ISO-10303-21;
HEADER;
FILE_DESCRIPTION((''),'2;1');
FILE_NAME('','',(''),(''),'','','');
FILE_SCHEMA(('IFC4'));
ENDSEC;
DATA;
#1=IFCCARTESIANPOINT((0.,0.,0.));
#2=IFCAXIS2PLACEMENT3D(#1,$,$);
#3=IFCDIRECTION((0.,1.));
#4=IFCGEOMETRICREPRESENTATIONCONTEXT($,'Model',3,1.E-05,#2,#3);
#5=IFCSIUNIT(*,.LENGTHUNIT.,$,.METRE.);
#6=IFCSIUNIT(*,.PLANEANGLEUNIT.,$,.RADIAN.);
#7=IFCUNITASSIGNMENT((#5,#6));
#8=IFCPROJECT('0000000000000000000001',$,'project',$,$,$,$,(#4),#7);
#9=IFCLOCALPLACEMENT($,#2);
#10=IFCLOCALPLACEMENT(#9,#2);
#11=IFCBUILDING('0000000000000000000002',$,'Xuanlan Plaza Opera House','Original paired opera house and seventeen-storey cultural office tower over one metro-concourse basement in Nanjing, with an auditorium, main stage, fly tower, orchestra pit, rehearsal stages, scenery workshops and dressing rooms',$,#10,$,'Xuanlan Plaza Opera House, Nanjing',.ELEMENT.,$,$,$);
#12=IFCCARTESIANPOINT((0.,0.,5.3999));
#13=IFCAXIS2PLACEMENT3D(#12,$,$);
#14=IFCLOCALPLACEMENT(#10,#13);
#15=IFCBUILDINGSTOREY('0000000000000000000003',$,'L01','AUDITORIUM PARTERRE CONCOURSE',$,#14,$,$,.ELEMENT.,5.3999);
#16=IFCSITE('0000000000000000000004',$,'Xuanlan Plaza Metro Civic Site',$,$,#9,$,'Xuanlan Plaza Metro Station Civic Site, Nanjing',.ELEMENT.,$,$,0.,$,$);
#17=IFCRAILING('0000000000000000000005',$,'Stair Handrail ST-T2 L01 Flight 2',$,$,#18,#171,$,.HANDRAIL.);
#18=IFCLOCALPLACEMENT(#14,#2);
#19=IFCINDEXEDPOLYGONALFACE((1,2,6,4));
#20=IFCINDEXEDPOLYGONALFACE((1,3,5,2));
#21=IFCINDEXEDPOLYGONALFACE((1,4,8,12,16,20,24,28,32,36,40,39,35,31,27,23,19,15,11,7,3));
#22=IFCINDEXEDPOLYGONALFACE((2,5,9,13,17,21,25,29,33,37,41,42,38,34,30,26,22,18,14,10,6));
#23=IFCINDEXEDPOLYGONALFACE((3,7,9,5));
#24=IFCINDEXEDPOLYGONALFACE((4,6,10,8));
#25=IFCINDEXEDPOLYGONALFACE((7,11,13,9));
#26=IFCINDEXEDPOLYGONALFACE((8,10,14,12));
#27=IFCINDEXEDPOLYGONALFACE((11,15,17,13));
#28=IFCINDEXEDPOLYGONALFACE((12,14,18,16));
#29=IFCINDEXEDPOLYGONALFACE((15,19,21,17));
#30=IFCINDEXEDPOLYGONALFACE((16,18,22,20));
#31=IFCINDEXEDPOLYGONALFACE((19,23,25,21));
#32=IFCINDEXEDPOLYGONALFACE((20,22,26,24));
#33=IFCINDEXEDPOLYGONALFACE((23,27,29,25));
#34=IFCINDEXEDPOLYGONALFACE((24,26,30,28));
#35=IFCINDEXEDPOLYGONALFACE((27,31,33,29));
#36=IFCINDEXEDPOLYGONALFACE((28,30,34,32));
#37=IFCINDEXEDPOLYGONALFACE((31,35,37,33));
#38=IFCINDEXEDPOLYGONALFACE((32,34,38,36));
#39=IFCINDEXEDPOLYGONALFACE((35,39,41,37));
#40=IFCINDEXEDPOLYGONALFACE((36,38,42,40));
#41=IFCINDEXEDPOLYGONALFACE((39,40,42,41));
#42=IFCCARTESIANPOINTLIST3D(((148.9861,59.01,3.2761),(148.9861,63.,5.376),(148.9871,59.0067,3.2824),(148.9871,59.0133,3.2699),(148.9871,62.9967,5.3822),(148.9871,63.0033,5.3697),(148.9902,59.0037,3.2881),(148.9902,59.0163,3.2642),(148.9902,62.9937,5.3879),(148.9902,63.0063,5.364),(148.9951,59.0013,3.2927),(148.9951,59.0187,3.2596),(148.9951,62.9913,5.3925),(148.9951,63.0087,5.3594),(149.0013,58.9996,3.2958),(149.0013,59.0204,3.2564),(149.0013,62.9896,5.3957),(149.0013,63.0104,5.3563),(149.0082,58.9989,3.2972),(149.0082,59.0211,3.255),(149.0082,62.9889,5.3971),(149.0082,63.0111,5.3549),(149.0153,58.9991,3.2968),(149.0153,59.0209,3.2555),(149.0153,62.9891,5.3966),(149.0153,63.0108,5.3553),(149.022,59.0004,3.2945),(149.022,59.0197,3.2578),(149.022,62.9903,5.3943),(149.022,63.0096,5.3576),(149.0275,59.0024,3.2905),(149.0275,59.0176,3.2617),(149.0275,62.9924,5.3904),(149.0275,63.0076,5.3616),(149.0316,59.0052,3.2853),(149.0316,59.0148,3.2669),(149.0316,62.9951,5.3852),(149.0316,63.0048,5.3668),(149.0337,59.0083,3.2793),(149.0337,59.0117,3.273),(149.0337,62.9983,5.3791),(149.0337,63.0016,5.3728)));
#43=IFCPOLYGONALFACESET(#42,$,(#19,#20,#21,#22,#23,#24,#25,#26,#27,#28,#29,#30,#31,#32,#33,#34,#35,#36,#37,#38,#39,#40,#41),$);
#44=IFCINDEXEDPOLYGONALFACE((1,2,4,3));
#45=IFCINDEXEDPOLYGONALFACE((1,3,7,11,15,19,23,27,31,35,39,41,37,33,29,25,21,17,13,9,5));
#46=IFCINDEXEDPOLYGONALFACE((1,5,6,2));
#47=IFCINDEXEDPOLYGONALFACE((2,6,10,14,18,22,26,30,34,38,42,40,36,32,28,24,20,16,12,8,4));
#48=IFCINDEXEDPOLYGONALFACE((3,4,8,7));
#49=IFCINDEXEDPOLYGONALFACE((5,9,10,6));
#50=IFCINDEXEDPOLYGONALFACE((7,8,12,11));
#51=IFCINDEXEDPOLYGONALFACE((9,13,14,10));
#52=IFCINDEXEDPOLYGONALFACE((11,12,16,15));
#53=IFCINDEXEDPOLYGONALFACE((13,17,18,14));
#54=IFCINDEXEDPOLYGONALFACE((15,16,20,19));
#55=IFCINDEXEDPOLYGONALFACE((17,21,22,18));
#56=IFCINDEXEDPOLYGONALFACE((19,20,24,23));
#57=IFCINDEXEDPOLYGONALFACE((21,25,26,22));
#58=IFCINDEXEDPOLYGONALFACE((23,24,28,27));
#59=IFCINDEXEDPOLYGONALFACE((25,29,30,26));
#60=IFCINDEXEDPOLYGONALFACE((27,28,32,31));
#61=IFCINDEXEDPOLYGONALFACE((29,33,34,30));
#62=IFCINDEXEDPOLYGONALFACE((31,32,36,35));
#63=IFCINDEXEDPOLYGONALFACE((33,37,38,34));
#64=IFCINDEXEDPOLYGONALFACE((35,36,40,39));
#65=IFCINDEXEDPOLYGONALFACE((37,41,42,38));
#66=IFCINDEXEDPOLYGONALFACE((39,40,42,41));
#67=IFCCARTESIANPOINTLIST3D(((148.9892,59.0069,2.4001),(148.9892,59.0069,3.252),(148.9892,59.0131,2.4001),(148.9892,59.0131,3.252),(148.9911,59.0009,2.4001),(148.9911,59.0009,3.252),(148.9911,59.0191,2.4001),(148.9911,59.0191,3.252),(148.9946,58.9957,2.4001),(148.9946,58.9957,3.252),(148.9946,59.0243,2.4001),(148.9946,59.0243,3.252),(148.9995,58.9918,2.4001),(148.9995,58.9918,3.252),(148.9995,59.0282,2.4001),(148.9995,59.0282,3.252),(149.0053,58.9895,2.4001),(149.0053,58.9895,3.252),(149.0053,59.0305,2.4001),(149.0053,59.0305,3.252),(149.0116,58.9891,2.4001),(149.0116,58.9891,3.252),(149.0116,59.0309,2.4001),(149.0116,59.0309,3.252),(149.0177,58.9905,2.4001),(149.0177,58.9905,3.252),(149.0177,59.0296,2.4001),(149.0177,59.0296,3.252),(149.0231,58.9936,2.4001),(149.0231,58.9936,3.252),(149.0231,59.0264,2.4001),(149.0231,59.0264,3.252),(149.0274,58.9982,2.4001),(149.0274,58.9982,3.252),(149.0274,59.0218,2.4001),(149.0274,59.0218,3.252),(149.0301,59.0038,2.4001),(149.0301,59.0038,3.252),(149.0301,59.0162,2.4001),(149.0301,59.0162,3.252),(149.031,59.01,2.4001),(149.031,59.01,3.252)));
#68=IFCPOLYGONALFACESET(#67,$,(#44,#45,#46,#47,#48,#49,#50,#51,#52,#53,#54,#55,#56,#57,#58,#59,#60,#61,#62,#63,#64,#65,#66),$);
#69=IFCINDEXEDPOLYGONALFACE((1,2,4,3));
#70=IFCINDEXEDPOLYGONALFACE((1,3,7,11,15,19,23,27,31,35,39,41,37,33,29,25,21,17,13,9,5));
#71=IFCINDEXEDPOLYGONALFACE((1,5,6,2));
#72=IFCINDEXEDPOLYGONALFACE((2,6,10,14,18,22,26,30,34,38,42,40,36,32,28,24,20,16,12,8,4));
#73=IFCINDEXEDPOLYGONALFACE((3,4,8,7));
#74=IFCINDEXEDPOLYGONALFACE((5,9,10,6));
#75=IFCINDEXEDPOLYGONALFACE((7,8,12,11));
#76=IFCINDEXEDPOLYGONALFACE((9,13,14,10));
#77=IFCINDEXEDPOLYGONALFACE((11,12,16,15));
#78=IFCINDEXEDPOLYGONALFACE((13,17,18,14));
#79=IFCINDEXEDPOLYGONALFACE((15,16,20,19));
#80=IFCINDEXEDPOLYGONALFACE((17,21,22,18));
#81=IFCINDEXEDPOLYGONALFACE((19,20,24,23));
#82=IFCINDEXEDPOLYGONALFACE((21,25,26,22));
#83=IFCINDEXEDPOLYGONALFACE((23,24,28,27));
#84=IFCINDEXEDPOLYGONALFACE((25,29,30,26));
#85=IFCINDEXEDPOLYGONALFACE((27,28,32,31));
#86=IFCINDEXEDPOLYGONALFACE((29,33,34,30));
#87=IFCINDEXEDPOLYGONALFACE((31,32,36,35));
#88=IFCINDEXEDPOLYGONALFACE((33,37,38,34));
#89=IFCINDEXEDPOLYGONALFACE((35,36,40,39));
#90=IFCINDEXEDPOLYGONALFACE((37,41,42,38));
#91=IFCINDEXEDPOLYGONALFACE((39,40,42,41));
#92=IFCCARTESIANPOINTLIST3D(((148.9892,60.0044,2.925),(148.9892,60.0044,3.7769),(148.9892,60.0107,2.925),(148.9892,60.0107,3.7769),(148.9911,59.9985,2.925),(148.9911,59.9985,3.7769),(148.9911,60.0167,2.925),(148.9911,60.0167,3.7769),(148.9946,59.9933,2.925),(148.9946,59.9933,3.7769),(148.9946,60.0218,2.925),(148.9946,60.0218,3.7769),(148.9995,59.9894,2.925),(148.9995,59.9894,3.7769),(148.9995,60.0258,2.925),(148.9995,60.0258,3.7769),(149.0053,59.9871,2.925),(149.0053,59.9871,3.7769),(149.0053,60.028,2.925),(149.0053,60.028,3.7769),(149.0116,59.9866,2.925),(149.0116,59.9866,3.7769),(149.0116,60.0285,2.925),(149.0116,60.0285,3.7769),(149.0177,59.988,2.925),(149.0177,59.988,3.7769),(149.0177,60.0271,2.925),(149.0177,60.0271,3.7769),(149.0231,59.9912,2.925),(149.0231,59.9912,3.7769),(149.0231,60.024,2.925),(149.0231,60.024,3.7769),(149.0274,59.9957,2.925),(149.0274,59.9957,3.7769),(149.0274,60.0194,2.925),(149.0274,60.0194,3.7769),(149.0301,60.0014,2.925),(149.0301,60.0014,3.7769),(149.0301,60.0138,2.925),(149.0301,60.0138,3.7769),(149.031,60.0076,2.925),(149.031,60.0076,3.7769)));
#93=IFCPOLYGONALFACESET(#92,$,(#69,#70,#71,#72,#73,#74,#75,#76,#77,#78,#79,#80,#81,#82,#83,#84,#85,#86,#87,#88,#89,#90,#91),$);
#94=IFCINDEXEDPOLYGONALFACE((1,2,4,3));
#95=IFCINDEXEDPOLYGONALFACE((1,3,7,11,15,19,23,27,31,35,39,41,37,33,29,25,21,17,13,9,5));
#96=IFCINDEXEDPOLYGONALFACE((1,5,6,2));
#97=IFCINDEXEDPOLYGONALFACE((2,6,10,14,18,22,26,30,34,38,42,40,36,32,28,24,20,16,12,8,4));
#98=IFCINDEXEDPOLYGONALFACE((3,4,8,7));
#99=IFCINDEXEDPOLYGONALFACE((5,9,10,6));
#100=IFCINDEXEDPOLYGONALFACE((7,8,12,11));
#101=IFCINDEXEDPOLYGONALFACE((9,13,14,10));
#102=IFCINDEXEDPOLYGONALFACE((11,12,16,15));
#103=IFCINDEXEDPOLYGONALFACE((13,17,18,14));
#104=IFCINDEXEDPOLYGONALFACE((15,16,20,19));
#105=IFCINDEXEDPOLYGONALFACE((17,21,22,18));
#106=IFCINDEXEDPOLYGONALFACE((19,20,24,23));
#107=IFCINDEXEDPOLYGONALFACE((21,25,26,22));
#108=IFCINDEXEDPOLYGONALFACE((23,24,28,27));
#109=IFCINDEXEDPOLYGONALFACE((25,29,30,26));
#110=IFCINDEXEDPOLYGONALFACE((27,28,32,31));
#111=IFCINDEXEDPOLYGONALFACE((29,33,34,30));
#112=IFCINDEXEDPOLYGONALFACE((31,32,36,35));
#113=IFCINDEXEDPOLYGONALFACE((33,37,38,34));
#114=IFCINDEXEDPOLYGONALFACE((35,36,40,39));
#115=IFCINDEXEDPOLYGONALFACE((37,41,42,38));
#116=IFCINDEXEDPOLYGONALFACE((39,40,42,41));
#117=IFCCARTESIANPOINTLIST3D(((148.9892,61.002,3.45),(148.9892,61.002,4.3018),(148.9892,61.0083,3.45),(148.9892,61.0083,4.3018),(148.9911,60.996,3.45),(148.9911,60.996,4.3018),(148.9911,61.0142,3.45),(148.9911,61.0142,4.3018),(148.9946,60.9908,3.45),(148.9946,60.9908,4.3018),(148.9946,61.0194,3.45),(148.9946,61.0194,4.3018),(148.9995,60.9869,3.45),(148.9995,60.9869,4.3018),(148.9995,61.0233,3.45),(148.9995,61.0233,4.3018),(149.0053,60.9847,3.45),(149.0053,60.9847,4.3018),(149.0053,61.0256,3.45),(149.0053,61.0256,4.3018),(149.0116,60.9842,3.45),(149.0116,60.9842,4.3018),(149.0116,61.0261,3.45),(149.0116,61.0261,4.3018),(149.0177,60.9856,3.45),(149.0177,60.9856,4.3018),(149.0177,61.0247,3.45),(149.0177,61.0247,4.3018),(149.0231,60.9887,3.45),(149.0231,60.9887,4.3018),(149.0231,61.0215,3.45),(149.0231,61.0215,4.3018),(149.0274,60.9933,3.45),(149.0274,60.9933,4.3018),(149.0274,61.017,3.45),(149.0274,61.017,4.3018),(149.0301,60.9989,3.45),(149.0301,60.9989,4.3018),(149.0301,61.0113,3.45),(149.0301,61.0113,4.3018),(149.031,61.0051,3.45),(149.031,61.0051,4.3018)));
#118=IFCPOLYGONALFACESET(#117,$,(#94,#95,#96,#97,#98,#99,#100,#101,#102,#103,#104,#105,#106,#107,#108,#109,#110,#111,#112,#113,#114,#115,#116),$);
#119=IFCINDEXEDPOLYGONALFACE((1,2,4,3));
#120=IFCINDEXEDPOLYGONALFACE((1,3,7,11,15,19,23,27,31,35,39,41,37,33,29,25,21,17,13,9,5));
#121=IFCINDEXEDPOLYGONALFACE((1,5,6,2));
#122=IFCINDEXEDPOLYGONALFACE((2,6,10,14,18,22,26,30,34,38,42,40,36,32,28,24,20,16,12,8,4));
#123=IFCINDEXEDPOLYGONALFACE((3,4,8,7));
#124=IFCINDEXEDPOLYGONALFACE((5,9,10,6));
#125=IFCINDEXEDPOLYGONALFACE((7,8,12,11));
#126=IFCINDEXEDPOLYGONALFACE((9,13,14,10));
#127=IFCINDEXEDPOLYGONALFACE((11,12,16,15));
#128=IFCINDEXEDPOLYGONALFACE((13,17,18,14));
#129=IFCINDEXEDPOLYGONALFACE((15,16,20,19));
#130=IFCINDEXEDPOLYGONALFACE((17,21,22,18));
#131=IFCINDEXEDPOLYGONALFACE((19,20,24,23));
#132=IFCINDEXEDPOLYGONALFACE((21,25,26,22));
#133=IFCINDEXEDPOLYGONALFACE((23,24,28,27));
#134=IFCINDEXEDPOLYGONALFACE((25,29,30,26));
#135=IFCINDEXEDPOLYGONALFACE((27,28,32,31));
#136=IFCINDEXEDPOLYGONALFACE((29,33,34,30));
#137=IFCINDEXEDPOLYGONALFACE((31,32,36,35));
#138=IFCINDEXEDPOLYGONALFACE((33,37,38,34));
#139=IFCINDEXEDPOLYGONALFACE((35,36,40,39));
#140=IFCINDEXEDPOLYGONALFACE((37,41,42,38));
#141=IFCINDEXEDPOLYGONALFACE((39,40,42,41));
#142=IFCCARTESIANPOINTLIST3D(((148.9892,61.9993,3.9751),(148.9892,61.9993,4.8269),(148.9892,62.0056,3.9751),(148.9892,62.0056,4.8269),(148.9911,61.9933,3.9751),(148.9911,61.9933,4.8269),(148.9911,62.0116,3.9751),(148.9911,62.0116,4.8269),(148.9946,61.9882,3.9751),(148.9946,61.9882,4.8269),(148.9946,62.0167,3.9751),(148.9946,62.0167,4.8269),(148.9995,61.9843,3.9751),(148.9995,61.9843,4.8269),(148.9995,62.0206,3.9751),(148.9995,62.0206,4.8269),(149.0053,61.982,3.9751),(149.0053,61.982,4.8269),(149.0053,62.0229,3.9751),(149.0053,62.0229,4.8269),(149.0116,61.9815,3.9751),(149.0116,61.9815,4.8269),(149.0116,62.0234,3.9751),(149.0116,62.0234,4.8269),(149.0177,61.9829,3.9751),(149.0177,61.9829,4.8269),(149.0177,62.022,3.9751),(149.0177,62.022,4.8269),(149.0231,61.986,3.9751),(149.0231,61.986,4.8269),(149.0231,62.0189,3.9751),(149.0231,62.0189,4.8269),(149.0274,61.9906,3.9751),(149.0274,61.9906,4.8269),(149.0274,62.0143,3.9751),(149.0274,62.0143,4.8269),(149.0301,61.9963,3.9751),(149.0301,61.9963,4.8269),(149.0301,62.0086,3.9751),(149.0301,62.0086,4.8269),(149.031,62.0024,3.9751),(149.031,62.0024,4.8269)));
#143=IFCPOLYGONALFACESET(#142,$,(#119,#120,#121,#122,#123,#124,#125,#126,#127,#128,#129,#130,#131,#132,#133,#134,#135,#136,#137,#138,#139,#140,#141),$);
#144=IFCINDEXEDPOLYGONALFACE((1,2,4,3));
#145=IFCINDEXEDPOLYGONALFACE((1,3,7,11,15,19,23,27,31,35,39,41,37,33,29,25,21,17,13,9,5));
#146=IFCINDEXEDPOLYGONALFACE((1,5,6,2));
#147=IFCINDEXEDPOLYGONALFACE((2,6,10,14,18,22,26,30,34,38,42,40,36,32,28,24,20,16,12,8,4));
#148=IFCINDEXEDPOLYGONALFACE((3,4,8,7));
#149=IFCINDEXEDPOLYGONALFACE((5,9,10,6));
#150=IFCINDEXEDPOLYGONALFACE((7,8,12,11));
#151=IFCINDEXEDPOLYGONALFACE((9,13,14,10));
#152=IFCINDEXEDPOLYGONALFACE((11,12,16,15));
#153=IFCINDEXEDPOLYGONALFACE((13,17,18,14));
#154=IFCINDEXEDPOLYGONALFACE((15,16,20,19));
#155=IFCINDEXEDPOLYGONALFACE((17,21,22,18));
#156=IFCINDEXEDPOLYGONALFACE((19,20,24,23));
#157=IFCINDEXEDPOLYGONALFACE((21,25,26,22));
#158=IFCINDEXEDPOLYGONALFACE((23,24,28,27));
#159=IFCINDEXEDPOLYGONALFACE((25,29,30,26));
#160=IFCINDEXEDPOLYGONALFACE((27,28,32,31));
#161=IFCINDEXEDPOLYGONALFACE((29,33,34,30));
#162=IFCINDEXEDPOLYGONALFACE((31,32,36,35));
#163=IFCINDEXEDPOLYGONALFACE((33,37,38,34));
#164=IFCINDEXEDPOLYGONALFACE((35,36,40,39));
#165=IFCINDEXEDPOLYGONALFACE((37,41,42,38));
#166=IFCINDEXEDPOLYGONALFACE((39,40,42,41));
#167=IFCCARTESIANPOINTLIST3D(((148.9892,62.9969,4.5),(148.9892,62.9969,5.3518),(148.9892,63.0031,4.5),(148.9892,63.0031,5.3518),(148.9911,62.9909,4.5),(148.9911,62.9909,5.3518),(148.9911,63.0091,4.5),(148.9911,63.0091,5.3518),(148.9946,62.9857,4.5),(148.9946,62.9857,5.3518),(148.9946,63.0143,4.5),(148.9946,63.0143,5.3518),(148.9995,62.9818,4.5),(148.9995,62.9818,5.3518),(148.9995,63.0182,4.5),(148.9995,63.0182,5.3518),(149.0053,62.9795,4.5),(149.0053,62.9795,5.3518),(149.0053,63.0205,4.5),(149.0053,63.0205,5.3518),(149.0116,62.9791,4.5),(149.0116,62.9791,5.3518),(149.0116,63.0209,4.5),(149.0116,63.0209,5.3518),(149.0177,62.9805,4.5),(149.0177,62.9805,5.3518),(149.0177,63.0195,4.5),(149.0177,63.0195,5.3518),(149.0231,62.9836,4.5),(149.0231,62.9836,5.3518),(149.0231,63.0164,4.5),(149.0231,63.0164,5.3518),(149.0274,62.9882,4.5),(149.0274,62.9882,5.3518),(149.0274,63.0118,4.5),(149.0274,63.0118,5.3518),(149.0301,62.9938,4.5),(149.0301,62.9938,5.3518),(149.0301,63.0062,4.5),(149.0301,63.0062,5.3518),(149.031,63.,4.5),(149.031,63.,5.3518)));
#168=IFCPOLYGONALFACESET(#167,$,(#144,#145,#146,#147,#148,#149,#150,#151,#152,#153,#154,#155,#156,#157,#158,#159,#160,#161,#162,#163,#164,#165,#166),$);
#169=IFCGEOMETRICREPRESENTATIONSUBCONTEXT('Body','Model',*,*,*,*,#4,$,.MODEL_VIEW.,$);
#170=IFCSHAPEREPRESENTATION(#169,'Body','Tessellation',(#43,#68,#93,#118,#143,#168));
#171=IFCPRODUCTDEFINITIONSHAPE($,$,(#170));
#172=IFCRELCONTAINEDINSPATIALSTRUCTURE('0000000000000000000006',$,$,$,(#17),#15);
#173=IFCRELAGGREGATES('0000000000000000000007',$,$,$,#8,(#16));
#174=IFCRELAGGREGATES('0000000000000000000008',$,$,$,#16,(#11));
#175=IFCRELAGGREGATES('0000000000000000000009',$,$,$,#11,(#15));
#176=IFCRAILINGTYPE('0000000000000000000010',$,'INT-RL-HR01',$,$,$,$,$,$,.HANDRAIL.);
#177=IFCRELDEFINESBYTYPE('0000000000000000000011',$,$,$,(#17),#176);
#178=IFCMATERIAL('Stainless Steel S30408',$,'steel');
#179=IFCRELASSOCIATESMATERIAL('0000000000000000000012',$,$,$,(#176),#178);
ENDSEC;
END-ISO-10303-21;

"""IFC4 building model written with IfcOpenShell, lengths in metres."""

from ifc_helpers import new_model, si_unit, direction, frame, origin, origin_2d, place, context, subcontext, project, spatial, circle, extrude, material, type_object, element, save


model = new_model("IFC4")

# Units and contexts
model_context = context("Model", 3, precision=1e-05, world=origin(), true_north=direction((0.0, 1.0)))
body_context = subcontext(model_context, "Body", "Model", "MODEL_VIEW")
ifc_project = project(units=[si_unit("LENGTHUNIT", "METRE"), si_unit("PLANEANGLEUNIT", "RADIAN")], contexts=[model_context])

# Site, building, storey
site_placement = place(None, origin())
site = spatial("IfcSite", under=ifc_project, at=site_placement, Name="Xuanlan Plaza Metro Civic Site", LongName="Xuanlan Plaza Metro Station Civic Site, Nanjing", CompositionType="ELEMENT", RefElevation=0.0)
building_placement = place(site_placement, origin())
building = spatial("IfcBuilding", under=site, at=building_placement, Name="Xuanlan Plaza Opera House", Description="Original paired opera house and seventeen-storey cultural office tower over one metro-concourse basement in Nanjing, with an auditorium, main stage, fly tower, orchestra pit, rehearsal stages, scenery workshops and dressing rooms", LongName="Xuanlan Plaza Opera House, Nanjing", CompositionType="ELEMENT")
storey_placement = place(building_placement, frame((0.0, 0.0, 5.3999)))
storey = spatial("IfcBuildingStorey", under=building, at=storey_placement, Name="L01", Description="AUDITORIUM PARTERRE CONCOURSE", CompositionType="ELEMENT", Elevation=5.3999)

# Shared definitions
ifc_material_1 = material(Name="Stainless Steel S30408", Category="steel")

# Railing
railing_type = type_object("IfcRailingType", Name="INT-RL-HR01", PredefinedType="HANDRAIL", material=ifc_material_1)
railing_placement = place(storey_placement, frame((149.01, 59.01, 2.4001)))
element("IfcRailing", 1, at=railing_placement, inside=storey, type_object=railing_type, Name="Stair Handrail ST-T2 L01 Flight 2", PredefinedType="HANDRAIL", context=body_context, shape_type="SweptSolid", body=[
    extrude(circle(Radius=0.0239, at=origin_2d()), frame((0.0, 0.0, 0.876), z_axis=(0.0, 0.884931, 0.465722), x_axis=(-1.0, 0.0, 0.0)), (0.0, 0.0, 1.0), 4.5088),
    extrude(circle(Radius=0.021, at=origin_2d()), origin(), (0.0, 0.0, 1.0), 0.8518),
    extrude(circle(Radius=0.021, at=origin_2d()), frame((0.0, 0.9976, 0.5249)), (0.0, 0.0, 1.0), 0.8518),
    extrude(circle(Radius=0.021, at=origin_2d()), frame((0.0, 1.9951, 1.0498)), (0.0, 0.0, 1.0), 0.8518),
    extrude(circle(Radius=0.021, at=origin_2d()), frame((0.0, 2.9924, 1.575)), (0.0, 0.0, 1.0), 0.8518),
    extrude(circle(Radius=0.021, at=origin_2d()), frame((0.0, 3.99, 2.0999)), (0.0, 0.0, 1.0), 0.8518),
])

save(model, "model.ifc")
